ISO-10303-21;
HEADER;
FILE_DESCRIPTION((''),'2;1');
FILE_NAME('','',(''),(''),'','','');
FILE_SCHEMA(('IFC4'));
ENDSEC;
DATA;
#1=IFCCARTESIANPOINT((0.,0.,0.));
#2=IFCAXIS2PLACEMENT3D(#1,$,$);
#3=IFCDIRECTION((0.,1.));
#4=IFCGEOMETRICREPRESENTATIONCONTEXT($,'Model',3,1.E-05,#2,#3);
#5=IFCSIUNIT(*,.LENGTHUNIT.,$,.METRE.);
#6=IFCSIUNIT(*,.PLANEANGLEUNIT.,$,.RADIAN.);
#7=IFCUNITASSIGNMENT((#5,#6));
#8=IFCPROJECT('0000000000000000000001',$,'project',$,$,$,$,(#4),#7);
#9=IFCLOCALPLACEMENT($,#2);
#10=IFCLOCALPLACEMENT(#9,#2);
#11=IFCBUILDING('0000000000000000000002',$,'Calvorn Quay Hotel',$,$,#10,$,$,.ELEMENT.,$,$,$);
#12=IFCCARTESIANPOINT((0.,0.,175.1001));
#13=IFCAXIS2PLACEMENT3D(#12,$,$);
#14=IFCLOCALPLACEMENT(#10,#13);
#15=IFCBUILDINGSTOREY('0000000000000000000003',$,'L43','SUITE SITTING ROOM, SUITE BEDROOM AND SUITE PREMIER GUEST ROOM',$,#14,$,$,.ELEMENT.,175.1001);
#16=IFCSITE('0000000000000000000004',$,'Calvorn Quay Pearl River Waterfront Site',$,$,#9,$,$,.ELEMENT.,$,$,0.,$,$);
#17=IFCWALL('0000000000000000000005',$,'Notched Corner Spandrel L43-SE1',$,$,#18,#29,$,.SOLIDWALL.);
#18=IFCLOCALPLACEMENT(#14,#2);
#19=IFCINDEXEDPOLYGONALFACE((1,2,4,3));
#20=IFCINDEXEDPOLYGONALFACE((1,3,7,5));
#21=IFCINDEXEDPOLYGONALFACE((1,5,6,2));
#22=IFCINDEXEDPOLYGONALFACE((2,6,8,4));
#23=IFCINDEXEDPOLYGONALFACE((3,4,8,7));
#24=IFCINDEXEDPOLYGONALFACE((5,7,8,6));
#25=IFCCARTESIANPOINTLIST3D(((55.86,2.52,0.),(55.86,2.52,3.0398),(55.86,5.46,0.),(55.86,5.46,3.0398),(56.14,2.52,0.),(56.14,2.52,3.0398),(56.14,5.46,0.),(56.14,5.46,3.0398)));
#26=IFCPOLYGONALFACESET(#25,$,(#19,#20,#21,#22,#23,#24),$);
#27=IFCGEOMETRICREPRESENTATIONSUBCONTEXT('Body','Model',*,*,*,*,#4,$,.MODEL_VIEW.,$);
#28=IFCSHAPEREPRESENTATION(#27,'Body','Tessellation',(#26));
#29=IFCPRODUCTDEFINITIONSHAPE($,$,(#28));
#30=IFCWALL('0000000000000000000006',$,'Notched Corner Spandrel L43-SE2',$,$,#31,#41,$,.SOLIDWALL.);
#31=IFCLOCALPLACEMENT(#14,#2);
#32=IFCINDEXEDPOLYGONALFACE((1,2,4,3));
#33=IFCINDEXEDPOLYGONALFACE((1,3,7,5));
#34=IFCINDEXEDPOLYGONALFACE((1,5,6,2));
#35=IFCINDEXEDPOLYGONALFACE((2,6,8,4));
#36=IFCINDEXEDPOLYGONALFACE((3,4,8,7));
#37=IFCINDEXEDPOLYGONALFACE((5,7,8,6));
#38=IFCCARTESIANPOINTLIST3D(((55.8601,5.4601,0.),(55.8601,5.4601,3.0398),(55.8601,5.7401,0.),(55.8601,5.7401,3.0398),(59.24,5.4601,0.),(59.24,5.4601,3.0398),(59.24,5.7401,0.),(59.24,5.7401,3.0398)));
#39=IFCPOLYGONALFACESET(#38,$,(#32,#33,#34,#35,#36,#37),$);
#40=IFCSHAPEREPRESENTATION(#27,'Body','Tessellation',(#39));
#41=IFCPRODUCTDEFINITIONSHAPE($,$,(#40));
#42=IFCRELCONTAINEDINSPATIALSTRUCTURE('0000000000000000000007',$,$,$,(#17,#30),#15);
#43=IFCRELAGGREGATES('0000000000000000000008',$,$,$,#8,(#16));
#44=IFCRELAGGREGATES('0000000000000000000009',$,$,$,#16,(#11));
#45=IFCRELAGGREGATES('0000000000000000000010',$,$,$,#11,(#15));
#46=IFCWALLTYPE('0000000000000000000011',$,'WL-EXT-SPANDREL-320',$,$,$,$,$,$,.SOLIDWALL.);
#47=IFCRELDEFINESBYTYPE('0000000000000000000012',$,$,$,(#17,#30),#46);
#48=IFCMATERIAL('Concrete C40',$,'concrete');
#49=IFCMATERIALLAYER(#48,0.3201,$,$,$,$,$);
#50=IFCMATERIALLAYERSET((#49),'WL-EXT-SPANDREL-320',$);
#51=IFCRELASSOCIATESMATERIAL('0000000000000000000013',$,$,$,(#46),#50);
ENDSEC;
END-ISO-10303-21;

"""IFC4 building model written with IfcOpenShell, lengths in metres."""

from ifc_helpers import new_model, si_unit, direction, frame, frame_2d, origin, place, context, subcontext, project, spatial, rectangle, extrude, material, layer, layer_set, type_object, element, save


model = new_model("IFC4")

# Units and contexts
model_context = context("Model", 3, precision=1e-05, world=origin(), true_north=direction((0.0, 1.0)))
body_context = subcontext(model_context, "Body", "Model", "MODEL_VIEW")
ifc_project = project(units=[si_unit("LENGTHUNIT", "METRE"), si_unit("PLANEANGLEUNIT", "RADIAN")], contexts=[model_context])

# Site, building, storey
site_placement = place(None, origin())
site = spatial("IfcSite", under=ifc_project, at=site_placement, Name="Calvorn Quay Pearl River Waterfront Site", CompositionType="ELEMENT", RefElevation=0.0)
building_placement = place(site_placement, origin())
building = spatial("IfcBuilding", under=site, at=building_placement, Name="Calvorn Quay Hotel", CompositionType="ELEMENT")
storey_placement = place(building_placement, frame((0.0, 0.0, 175.1001)))
storey = spatial("IfcBuildingStorey", under=building, at=storey_placement, Name="L43", Description="SUITE SITTING ROOM, SUITE BEDROOM AND SUITE PREMIER GUEST ROOM", CompositionType="ELEMENT", Elevation=175.1001)

# Walls
ifc_material_1 = material(Name="Concrete C40", Category="concrete")
ifc_layer_1 = layer(ifc_material_1, 0.3201)
ifc_layer_set_1 = layer_set([ifc_layer_1], Name="WL-EXT-SPANDREL-320")
wall_type_1 = type_object("IfcWallType", Name="WL-EXT-SPANDREL-320", PredefinedType="SOLIDWALL", material=ifc_layer_set_1)
wall_1_placement = place(storey_placement, frame((56.0, 2.52, 0.0), z_axis=(0.0, 0.0, 1.0), x_axis=(0.0, 1.0, 0.0)))
element("IfcWall", 1, at=wall_1_placement, inside=storey, type_object=wall_type_1, Name="Notched Corner Spandrel L43-SE1", PredefinedType="SOLIDWALL", context=body_context, shape_type="SweptSolid", body=[
    extrude(rectangle(XDim=2.9399, YDim=0.28, at=frame_2d((1.47, 0.0))), origin(), (0.0, 0.0, 1.0), 3.0398),
])
wall_2_placement = place(storey_placement, frame((55.8601, 5.6001, 0.0), z_axis=(0.0, 0.0, 1.0), x_axis=(1.0, 0.0, 0.0)))
element("IfcWall", 2, at=wall_2_placement, inside=storey, type_object=wall_type_1, Name="Notched Corner Spandrel L43-SE2", PredefinedType="SOLIDWALL", context=body_context, shape_type="SweptSolid", body=[
    extrude(rectangle(XDim=3.3799, YDim=0.28, at=frame_2d((1.6899, 0.0))), origin(), (0.0, 0.0, 1.0), 3.0398),
])

save(model, "model.ifc")
